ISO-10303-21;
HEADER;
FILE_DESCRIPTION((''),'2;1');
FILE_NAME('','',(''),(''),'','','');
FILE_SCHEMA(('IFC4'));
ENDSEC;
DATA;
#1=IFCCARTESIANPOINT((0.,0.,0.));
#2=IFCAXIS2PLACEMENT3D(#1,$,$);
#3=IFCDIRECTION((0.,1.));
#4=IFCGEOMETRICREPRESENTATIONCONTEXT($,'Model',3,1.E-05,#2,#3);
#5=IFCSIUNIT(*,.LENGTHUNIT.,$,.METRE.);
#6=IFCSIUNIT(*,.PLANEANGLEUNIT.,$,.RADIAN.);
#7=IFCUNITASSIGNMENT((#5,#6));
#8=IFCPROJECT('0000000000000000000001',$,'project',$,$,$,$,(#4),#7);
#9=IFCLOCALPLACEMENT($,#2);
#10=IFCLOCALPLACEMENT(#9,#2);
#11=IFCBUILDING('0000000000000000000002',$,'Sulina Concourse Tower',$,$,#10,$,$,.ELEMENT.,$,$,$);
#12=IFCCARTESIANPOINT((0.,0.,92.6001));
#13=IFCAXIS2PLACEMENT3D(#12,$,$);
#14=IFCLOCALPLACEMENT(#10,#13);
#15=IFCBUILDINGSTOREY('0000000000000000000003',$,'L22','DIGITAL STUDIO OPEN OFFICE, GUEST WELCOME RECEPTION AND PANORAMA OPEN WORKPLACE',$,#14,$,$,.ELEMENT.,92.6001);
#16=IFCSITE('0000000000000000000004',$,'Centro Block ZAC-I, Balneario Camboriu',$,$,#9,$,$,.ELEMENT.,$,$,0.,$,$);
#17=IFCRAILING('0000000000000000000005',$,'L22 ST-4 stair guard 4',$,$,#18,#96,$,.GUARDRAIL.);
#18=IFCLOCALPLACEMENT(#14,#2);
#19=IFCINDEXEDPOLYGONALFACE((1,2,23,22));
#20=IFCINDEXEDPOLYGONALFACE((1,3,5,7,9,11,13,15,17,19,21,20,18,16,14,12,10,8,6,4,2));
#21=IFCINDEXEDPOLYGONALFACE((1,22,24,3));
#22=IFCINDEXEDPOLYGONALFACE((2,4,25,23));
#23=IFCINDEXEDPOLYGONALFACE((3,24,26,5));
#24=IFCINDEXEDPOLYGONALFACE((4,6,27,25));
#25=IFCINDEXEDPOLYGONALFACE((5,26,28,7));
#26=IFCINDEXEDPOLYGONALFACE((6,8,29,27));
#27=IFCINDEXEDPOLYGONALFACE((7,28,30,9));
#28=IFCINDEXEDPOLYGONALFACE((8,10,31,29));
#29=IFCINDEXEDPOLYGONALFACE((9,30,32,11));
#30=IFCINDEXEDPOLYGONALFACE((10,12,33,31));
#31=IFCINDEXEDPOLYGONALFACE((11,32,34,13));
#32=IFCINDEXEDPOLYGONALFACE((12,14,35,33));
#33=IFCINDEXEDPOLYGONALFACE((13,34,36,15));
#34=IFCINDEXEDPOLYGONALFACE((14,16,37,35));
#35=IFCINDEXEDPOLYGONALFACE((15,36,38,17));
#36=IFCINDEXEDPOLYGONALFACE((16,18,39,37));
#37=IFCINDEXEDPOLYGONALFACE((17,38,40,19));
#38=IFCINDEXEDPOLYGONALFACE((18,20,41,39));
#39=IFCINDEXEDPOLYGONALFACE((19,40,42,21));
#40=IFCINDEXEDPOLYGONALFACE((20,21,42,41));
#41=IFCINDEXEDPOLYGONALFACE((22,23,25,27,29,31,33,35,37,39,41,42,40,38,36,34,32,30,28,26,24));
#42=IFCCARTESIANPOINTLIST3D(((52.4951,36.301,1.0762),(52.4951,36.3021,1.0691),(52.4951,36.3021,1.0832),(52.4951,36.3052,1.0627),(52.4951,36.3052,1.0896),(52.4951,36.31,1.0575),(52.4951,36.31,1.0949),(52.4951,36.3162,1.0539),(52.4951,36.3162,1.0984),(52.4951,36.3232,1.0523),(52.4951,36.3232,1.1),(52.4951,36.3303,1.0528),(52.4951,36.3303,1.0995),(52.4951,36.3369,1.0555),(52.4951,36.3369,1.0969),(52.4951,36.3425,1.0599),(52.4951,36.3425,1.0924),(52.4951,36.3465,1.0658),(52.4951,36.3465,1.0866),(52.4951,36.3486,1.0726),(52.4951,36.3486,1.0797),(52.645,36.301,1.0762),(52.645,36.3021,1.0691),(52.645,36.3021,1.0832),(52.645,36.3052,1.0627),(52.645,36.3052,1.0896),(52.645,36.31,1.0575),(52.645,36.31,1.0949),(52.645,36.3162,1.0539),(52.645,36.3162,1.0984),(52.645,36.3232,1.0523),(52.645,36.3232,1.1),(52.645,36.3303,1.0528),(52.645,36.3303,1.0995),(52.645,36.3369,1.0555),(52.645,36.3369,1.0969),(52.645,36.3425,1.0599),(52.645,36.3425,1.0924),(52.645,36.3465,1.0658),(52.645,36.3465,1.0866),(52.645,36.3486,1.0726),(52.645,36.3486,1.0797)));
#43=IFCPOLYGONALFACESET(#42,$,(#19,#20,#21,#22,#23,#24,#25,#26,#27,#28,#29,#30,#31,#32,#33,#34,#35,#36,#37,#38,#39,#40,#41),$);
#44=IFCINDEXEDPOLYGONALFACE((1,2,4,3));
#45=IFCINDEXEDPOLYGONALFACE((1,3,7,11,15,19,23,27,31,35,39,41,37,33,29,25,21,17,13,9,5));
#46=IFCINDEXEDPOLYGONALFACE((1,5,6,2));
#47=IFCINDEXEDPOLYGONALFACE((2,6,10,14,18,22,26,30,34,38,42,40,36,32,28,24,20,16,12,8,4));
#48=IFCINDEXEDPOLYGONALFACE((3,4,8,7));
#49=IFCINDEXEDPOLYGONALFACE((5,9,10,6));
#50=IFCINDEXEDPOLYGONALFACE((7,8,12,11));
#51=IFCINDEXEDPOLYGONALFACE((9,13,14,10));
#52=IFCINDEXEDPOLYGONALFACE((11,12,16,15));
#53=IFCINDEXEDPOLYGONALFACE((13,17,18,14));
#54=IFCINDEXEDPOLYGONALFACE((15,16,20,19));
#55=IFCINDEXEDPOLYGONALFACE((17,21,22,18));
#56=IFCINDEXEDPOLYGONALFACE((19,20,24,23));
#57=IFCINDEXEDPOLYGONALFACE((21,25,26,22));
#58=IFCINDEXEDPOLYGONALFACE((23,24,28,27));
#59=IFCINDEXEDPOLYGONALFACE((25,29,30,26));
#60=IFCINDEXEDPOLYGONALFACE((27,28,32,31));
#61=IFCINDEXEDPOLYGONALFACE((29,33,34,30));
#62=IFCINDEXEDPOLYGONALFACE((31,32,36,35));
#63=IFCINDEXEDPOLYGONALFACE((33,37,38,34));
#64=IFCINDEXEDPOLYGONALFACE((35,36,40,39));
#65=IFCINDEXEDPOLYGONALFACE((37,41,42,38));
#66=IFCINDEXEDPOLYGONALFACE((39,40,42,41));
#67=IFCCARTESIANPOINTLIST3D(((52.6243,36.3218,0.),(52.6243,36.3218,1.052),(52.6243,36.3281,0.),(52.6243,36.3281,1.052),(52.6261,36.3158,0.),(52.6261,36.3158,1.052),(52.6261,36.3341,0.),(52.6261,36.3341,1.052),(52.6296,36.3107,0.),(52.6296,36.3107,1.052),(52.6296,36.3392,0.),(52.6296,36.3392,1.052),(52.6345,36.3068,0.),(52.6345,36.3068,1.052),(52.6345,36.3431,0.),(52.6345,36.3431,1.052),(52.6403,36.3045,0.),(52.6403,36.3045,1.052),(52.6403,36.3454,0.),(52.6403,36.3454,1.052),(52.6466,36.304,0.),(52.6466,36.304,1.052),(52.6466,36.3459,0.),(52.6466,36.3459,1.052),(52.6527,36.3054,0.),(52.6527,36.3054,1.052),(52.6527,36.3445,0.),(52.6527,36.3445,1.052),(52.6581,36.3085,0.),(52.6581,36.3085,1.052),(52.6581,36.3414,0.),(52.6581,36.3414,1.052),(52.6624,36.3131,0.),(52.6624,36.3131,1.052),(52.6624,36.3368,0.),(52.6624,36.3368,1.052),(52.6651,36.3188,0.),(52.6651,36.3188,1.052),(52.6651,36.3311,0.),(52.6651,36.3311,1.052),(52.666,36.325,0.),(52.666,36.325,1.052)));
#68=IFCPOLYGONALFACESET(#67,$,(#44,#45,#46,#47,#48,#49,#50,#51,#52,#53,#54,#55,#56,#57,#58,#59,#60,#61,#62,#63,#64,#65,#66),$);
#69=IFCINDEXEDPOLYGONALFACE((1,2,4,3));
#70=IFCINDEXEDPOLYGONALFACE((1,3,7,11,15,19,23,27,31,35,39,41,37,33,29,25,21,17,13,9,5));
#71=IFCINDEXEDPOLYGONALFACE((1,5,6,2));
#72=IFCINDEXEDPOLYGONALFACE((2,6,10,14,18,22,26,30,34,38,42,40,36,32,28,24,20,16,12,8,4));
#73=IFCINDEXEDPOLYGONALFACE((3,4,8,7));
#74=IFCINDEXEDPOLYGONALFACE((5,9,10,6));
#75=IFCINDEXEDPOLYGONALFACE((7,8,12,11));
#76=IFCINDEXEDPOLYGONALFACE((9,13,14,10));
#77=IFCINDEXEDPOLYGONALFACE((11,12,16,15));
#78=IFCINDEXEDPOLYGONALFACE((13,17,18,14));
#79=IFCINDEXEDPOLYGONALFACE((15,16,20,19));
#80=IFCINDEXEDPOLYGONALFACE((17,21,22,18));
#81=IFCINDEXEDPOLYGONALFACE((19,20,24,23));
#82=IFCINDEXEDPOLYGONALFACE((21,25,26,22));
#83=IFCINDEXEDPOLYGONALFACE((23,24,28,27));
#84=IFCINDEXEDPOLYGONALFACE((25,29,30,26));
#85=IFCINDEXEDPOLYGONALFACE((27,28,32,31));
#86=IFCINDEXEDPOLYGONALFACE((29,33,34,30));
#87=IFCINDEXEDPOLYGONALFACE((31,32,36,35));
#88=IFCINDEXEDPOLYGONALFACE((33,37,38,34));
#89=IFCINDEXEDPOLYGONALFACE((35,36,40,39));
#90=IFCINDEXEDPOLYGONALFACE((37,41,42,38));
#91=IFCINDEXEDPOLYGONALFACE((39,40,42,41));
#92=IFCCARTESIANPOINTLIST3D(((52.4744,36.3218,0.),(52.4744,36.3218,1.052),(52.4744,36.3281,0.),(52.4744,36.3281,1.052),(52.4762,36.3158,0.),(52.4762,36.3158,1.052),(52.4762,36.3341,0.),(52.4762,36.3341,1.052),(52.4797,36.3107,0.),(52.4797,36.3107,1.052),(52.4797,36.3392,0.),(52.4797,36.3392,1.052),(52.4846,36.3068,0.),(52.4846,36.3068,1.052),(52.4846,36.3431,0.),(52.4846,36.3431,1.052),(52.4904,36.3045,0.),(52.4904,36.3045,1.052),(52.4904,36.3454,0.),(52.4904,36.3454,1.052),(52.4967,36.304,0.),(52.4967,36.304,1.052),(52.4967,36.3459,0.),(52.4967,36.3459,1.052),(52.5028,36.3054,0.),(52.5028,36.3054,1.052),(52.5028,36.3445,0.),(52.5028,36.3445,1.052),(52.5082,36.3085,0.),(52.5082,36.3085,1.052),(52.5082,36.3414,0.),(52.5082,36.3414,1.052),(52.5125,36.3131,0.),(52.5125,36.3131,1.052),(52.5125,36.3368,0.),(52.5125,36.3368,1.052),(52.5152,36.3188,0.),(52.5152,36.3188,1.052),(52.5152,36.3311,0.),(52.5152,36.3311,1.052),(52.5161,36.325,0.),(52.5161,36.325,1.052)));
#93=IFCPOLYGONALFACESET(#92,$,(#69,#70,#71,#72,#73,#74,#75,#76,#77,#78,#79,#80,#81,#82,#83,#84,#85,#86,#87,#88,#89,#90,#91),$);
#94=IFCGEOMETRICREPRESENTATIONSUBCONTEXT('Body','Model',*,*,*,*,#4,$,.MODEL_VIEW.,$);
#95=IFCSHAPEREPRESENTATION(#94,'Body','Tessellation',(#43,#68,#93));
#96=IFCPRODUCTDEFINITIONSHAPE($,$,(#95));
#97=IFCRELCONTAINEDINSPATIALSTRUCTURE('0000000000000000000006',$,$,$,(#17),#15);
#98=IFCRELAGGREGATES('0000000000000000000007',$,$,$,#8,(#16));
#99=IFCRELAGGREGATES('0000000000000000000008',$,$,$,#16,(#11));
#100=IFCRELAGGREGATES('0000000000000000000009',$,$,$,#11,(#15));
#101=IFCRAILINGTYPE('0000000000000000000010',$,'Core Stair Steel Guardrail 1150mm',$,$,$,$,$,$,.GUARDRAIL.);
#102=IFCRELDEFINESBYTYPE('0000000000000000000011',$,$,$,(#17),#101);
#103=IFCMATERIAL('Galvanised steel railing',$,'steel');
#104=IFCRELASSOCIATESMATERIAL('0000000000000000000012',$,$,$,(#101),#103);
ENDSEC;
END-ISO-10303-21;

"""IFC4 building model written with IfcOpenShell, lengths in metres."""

from ifc_helpers import new_model, si_unit, direction, frame, origin, origin_2d, place, context, subcontext, project, spatial, circle, extrude, material, type_object, element, save


model = new_model("IFC4")

# Units and contexts
model_context = context("Model", 3, precision=1e-05, world=origin(), true_north=direction((0.0, 1.0)))
body_context = subcontext(model_context, "Body", "Model", "MODEL_VIEW")
ifc_project = project(units=[si_unit("LENGTHUNIT", "METRE"), si_unit("PLANEANGLEUNIT", "RADIAN")], contexts=[model_context])

# Site, building, storey
site_placement = place(None, origin())
site = spatial("IfcSite", under=ifc_project, at=site_placement, Name="Centro Block ZAC-I, Balneario Camboriu", CompositionType="ELEMENT", RefElevation=0.0)
building_placement = place(site_placement, origin())
building = spatial("IfcBuilding", under=site, at=building_placement, Name="Sulina Concourse Tower", CompositionType="ELEMENT")
storey_placement = place(building_placement, frame((0.0, 0.0, 92.6001)))
storey = spatial("IfcBuildingStorey", under=building, at=storey_placement, Name="L22", Description="DIGITAL STUDIO OPEN OFFICE, GUEST WELCOME RECEPTION AND PANORAMA OPEN WORKPLACE", CompositionType="ELEMENT", Elevation=92.6001)

# Railing
ifc_material_1 = material(Name="Galvanised steel railing", Category="steel")
railing_type_1 = type_object("IfcRailingType", Name="Core Stair Steel Guardrail 1150mm", PredefinedType="GUARDRAIL", material=ifc_material_1)
railing_1_placement = place(storey_placement, frame((52.645, 36.325, 0.0)))
element("IfcRailing", 1, at=railing_1_placement, inside=storey, type_object=railing_type_1, Name="L22 ST-4 stair guard 4", PredefinedType="GUARDRAIL", context=body_context, shape_type="SweptSolid", body=[
    extrude(circle(Radius=0.0239, at=origin_2d()), frame((0.0, 0.0, 1.0762), z_axis=(-1.0, 0.0, 0.0), x_axis=(0.0, -1.0, 0.0)), (0.0, 0.0, 1.0), 0.1499),
    extrude(circle(Radius=0.021, at=origin_2d()), origin(), (0.0, 0.0, 1.0), 1.052),
    extrude(circle(Radius=0.021, at=origin_2d()), frame((-0.1499, 0.0, 0.0)), (0.0, 0.0, 1.0), 1.052),
])

save(model, "model.ifc")
